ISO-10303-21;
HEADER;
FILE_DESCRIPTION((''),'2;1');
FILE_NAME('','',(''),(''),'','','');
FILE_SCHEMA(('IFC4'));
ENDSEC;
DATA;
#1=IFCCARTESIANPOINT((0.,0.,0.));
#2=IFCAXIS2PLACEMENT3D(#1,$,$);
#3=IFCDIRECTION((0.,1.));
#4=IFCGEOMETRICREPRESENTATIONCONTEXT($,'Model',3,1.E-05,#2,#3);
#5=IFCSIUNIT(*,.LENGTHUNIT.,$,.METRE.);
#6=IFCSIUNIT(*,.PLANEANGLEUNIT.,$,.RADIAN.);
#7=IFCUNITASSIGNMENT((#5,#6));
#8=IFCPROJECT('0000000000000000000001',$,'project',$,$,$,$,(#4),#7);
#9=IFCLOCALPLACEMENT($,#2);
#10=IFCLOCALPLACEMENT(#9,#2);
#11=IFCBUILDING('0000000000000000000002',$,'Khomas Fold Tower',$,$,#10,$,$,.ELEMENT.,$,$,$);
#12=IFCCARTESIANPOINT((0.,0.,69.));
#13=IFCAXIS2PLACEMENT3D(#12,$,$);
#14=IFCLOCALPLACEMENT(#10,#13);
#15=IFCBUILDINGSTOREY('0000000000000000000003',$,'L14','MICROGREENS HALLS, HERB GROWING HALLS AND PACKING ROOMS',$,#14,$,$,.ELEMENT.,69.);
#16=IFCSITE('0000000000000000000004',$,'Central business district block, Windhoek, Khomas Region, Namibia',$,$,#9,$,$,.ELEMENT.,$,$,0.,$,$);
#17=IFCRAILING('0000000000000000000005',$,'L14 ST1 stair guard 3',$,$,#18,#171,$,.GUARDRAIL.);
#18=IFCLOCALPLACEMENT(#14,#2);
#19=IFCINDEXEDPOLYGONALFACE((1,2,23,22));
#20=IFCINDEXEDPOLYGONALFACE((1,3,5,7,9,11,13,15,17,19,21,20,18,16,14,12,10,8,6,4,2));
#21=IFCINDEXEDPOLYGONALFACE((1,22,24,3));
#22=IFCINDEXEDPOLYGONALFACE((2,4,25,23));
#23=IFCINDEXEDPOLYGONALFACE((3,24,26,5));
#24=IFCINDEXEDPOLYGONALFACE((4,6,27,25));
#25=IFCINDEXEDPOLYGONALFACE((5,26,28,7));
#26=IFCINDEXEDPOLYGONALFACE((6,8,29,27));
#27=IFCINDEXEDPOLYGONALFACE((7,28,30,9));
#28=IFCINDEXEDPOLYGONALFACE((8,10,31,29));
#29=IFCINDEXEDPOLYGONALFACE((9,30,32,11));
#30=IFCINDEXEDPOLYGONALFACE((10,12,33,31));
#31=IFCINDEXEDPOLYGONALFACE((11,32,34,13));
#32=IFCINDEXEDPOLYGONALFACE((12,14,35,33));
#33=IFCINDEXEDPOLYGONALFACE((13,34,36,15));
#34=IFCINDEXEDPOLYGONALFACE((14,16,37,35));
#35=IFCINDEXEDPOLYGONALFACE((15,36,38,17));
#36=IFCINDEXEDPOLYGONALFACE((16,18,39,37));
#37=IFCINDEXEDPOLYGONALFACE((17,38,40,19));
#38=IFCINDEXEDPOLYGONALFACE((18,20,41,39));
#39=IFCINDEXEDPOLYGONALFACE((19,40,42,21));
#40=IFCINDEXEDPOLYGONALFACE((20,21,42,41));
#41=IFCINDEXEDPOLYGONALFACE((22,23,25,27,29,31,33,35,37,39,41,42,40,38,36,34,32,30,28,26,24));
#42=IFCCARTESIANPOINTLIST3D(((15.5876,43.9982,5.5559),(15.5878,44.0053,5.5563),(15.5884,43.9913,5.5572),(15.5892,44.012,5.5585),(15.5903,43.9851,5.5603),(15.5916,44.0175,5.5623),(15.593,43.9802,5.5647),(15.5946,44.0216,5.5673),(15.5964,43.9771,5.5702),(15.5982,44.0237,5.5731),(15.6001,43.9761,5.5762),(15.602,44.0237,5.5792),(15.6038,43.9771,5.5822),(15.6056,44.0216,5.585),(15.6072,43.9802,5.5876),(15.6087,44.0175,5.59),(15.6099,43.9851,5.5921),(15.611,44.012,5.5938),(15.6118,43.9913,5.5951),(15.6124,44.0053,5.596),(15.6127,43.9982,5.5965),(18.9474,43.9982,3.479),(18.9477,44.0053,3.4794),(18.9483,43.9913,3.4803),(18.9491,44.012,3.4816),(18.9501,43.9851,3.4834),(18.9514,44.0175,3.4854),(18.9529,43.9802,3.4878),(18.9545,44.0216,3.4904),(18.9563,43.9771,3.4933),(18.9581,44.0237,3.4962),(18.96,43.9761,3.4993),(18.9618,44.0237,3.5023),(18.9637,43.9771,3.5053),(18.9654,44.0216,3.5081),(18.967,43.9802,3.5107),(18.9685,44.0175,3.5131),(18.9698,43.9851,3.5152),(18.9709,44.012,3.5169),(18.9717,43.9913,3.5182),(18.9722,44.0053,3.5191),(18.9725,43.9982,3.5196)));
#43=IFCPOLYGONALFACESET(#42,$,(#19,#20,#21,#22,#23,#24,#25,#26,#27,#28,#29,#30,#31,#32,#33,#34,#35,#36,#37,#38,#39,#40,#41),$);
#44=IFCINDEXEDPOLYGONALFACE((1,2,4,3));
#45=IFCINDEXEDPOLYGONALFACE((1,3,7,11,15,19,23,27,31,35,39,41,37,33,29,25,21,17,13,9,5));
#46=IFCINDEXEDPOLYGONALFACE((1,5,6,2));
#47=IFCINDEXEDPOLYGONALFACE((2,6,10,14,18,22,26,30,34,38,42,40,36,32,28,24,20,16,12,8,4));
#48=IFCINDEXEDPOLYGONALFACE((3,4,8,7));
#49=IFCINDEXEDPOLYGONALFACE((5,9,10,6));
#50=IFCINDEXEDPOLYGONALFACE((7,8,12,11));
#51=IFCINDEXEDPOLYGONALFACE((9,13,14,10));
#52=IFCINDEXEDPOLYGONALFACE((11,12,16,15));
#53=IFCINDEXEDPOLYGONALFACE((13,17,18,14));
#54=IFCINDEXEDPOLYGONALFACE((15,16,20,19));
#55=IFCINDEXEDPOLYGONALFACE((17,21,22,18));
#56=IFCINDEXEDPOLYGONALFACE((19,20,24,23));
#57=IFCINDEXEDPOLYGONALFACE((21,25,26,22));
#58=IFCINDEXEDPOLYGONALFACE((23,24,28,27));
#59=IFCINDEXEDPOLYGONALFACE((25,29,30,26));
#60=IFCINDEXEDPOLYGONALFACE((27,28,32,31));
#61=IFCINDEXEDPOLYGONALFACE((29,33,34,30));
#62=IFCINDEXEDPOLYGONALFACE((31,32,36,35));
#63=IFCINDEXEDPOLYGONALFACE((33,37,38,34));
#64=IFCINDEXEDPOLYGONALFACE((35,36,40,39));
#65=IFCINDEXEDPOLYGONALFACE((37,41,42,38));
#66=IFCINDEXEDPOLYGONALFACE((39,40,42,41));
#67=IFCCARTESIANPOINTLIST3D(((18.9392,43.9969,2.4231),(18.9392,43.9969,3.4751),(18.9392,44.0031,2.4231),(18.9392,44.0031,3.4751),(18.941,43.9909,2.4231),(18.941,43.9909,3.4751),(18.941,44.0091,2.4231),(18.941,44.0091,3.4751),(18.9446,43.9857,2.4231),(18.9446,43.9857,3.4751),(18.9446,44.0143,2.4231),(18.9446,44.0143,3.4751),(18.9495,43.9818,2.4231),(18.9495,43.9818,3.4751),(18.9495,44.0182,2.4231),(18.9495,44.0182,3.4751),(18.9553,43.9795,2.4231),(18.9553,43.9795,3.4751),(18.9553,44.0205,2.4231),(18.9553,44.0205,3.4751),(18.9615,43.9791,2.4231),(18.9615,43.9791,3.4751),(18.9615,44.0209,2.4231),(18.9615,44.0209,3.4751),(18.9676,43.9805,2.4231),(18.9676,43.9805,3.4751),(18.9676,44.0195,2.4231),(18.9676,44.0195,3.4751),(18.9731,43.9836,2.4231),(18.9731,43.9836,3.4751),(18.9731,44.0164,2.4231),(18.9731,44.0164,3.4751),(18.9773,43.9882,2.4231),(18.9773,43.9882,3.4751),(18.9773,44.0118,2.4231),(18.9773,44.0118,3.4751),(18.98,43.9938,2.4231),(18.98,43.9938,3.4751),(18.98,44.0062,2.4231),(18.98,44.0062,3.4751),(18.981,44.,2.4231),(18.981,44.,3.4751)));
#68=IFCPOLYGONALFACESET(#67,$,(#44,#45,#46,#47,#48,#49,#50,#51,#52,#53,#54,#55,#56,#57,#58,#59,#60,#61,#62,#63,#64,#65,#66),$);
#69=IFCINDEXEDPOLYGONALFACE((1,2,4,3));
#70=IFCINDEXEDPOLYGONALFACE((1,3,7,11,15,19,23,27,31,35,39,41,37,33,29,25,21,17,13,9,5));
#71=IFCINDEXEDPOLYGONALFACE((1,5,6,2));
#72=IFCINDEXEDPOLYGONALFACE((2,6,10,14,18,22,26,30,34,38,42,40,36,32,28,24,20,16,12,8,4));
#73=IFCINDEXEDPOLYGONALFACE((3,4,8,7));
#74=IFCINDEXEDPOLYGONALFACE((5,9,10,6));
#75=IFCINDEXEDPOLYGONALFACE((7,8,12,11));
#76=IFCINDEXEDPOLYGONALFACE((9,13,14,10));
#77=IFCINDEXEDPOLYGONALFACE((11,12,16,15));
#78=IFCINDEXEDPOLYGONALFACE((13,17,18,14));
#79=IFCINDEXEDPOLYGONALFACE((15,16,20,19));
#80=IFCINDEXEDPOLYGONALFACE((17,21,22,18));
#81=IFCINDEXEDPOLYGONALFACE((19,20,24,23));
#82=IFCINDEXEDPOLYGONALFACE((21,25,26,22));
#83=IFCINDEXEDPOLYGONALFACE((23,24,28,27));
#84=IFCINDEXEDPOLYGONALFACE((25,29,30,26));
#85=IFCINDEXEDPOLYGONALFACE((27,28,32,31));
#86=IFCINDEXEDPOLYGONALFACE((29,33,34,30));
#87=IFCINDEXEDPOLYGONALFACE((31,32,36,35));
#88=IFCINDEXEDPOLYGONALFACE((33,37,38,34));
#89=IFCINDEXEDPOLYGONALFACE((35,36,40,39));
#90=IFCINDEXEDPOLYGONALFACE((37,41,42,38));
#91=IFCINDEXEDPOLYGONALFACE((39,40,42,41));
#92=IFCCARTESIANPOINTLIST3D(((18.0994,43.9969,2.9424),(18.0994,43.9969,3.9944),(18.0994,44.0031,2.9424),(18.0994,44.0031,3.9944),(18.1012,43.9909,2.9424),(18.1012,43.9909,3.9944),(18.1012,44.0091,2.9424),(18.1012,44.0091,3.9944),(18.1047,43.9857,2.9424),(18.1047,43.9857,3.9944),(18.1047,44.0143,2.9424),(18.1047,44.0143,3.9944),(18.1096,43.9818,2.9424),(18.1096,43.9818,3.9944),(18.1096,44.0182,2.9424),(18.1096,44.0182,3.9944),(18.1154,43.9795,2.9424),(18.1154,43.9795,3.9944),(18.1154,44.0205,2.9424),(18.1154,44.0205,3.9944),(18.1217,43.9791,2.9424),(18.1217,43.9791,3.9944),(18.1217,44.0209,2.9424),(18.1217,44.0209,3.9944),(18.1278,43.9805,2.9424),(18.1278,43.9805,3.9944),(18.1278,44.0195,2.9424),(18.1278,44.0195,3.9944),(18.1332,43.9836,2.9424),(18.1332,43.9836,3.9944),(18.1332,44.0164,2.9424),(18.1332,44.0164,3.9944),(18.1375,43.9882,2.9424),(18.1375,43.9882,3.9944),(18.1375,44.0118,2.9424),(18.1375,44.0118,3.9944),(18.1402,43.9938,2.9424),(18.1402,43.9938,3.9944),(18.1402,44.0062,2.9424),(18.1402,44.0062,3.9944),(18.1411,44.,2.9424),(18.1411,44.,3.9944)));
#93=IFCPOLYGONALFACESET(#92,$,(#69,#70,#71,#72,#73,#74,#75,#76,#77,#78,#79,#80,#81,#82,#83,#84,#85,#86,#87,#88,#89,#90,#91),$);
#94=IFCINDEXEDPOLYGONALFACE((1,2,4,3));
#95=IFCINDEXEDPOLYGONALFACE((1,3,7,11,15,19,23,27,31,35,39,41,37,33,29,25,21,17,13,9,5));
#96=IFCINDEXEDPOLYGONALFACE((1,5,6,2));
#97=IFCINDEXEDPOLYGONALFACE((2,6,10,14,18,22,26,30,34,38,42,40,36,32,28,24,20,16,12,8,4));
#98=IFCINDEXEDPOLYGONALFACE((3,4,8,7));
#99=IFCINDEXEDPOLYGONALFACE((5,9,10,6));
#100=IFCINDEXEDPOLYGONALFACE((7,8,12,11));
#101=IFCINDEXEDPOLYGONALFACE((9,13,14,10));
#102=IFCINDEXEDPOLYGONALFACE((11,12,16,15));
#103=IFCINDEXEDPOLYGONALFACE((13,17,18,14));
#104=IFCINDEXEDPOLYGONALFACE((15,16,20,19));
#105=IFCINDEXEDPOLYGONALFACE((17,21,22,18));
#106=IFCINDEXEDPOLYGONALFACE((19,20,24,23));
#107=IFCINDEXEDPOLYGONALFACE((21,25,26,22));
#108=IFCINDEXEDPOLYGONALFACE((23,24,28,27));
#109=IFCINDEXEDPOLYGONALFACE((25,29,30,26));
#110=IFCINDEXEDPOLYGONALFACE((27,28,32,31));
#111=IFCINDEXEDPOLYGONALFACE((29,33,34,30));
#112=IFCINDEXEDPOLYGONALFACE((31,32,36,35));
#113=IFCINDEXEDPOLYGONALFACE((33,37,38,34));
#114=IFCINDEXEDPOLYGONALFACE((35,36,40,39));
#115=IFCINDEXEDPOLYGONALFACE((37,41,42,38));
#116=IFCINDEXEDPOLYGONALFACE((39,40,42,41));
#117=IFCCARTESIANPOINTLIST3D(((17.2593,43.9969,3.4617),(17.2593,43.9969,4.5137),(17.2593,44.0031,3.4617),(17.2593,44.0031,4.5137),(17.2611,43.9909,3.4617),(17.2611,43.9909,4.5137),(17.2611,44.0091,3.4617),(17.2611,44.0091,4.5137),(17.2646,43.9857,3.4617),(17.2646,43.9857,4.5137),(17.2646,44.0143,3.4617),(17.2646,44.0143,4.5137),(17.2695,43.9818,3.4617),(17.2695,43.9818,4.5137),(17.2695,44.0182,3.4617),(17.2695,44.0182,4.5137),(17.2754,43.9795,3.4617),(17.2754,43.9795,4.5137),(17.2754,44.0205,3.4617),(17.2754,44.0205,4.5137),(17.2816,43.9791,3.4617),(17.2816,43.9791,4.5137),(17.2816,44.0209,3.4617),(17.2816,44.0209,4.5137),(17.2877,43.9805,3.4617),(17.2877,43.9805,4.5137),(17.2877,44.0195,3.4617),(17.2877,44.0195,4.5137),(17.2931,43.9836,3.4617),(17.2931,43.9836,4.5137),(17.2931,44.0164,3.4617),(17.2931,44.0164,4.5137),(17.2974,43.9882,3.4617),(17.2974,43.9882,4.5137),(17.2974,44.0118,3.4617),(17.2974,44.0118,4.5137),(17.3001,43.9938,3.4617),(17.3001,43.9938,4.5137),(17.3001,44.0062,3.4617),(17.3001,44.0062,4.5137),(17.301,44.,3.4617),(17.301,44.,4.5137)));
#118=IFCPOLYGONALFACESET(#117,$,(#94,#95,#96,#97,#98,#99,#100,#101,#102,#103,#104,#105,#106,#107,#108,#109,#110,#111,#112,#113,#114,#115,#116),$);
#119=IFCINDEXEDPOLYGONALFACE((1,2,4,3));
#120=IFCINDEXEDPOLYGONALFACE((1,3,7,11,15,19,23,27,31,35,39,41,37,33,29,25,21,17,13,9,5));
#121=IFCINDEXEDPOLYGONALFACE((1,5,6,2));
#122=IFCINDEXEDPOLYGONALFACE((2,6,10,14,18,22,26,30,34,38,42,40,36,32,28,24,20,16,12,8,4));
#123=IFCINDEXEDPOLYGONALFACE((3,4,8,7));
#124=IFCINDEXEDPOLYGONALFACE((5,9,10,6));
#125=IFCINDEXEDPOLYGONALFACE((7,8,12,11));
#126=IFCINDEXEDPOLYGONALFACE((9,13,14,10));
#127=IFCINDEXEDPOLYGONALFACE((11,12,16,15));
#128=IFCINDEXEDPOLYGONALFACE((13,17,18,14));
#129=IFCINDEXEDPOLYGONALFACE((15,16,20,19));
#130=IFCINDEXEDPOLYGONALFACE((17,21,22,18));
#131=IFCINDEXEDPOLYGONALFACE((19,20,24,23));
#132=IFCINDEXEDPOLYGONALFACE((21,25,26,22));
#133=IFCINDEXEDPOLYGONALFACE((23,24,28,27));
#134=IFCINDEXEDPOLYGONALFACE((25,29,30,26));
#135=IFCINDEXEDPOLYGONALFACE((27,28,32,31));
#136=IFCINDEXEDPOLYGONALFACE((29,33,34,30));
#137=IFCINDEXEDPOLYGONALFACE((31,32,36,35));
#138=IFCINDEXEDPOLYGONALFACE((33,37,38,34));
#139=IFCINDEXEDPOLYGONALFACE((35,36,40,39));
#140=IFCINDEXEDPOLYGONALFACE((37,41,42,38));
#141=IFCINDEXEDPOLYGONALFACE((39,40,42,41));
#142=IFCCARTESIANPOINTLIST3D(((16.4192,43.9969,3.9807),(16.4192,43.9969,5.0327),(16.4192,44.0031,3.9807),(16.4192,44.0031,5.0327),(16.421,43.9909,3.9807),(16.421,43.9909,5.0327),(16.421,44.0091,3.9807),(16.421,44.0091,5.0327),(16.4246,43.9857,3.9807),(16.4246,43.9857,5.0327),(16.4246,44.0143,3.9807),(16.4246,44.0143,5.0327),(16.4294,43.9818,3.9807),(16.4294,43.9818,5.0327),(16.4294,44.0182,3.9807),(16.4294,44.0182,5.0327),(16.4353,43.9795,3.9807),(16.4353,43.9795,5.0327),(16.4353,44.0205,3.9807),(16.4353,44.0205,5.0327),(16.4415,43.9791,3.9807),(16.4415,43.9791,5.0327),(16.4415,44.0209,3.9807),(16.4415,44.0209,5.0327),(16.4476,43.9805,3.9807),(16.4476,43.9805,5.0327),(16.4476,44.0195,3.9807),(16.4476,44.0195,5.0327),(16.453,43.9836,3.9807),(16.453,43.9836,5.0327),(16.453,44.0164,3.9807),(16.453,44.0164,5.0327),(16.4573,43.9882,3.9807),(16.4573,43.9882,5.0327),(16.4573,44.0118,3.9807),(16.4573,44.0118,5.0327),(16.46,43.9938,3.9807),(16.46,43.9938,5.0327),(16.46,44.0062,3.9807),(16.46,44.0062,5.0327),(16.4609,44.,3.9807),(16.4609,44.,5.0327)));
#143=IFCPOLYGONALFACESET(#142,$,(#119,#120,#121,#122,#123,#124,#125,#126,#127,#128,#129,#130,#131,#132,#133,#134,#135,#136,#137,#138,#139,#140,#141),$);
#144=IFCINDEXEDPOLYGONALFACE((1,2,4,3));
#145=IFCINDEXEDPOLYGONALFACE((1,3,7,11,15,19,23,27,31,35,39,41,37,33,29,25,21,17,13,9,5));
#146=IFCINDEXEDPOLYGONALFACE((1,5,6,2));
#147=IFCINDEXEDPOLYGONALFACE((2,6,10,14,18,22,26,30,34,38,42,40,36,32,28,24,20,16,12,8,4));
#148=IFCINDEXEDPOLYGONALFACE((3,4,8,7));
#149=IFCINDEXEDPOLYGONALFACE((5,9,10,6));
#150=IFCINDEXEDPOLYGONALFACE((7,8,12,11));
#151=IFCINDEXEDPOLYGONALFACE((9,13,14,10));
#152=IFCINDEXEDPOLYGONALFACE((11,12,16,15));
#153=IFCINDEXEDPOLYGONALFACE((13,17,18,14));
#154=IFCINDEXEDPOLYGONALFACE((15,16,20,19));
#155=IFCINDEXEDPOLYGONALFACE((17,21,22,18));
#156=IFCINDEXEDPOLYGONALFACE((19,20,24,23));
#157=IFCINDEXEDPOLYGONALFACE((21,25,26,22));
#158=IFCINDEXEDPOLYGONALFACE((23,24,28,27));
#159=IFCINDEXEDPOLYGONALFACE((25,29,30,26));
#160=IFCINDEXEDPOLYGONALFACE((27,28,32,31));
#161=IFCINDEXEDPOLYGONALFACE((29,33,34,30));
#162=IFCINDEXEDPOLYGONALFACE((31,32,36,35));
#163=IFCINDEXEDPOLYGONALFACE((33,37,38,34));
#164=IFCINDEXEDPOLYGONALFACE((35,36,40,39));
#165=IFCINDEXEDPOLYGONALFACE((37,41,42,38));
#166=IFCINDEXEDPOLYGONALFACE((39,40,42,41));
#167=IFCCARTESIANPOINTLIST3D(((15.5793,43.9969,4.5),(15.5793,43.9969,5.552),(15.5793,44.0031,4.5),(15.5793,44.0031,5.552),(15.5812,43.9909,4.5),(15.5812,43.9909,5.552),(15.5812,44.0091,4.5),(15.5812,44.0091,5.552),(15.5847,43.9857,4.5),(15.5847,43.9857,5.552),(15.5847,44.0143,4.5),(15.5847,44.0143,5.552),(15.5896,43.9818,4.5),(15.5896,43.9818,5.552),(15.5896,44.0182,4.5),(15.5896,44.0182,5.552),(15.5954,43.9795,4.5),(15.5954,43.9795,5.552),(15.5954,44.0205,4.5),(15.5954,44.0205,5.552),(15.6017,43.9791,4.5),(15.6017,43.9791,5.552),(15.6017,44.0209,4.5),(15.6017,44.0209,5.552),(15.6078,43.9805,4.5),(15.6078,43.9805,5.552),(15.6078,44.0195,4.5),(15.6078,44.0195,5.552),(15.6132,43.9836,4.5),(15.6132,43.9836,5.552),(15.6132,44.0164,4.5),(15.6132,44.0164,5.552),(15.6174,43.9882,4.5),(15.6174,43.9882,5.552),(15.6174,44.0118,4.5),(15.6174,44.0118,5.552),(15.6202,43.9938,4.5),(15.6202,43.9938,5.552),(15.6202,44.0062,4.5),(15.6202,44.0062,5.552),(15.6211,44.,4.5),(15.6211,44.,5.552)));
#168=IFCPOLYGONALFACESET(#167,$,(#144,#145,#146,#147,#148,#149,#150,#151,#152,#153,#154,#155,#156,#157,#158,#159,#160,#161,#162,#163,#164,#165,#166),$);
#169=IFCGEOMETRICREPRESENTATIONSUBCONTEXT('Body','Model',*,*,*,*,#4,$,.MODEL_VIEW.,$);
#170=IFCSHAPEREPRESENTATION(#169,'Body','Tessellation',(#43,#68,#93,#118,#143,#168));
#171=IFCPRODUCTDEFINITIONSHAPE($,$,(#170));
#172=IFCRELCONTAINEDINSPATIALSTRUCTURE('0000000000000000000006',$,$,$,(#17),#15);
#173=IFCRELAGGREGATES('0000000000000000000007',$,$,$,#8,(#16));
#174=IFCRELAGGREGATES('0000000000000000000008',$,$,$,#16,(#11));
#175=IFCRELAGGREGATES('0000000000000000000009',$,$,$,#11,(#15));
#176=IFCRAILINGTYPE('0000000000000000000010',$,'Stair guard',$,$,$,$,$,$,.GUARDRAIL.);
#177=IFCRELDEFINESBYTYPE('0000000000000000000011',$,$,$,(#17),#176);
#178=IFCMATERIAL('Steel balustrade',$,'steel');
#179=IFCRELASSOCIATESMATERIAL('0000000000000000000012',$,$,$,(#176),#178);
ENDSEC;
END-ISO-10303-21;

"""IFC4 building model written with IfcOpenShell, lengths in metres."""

from ifc_helpers import new_model, si_unit, direction, frame, origin, origin_2d, place, context, subcontext, project, spatial, circle, extrude, source, transform, mapped, material, type_object, element, save


model = new_model("IFC4")

# Units and contexts
model_context = context("Model", 3, precision=1e-05, world=origin(), true_north=direction((0.0, 1.0)))
body_context = subcontext(model_context, "Body", "Model", "MODEL_VIEW")
ifc_project = project(units=[si_unit("LENGTHUNIT", "METRE"), si_unit("PLANEANGLEUNIT", "RADIAN")], contexts=[model_context])

# Site, building, storey
site_placement = place(None, origin())
site = spatial("IfcSite", under=ifc_project, at=site_placement, Name="Central business district block, Windhoek, Khomas Region, Namibia", CompositionType="ELEMENT", RefElevation=0.0)
building_placement = place(site_placement, origin())
building = spatial("IfcBuilding", under=site, at=building_placement, Name="Khomas Fold Tower", CompositionType="ELEMENT")
storey_placement = place(building_placement, frame((0.0, 0.0, 69.0)))
storey = spatial("IfcBuildingStorey", under=building, at=storey_placement, Name="L14", Description="MICROGREENS HALLS, HERB GROWING HALLS AND PACKING ROOMS", CompositionType="ELEMENT", Elevation=69.0)

# Railing
ifc_material_1 = material(Name="Steel balustrade", Category="steel")
railing_type_1 = type_object("IfcRailingType", Name="Stair guard", PredefinedType="GUARDRAIL", material=ifc_material_1)
shared_shape_1 = source(origin(), body_context, "Body", "SweptSolid", [
    extrude(circle(Radius=0.0239, at=origin_2d()), frame((0.0, 0.0, 1.0762), z_axis=(-0.850606, 0.0, 0.525803), x_axis=(0.0, -1.0, 0.0)), (0.0, 0.0, 1.0), 3.95),
    extrude(circle(Radius=0.021, at=origin_2d()), origin(), (0.0, 0.0, 1.0), 1.052),
    extrude(circle(Radius=0.021, at=origin_2d()), frame((-0.8398, 0.0, 0.5193)), (0.0, 0.0, 1.0), 1.052),
    extrude(circle(Radius=0.021, at=origin_2d()), frame((-1.6799, 0.0, 1.0386)), (0.0, 0.0, 1.0), 1.052),
    extrude(circle(Radius=0.021, at=origin_2d()), frame((-2.52, 0.0, 1.5576)), (0.0, 0.0, 1.0), 1.052),
    extrude(circle(Radius=0.021, at=origin_2d()), frame((-3.3599, 0.0, 2.0769)), (0.0, 0.0, 1.0), 1.052),
])
railing_1_placement = place(storey_placement, frame((18.96, 44.0, 2.4231)))
element("IfcRailing", 1, at=railing_1_placement, inside=storey, type_object=railing_type_1, Name="L14 ST1 stair guard 3", PredefinedType="GUARDRAIL", context=body_context, shape_type="MappedRepresentation", body=[
    mapped(shared_shape_1, transform((0.0, 0.0, 0.0))),
])

save(model, "model.ifc")
